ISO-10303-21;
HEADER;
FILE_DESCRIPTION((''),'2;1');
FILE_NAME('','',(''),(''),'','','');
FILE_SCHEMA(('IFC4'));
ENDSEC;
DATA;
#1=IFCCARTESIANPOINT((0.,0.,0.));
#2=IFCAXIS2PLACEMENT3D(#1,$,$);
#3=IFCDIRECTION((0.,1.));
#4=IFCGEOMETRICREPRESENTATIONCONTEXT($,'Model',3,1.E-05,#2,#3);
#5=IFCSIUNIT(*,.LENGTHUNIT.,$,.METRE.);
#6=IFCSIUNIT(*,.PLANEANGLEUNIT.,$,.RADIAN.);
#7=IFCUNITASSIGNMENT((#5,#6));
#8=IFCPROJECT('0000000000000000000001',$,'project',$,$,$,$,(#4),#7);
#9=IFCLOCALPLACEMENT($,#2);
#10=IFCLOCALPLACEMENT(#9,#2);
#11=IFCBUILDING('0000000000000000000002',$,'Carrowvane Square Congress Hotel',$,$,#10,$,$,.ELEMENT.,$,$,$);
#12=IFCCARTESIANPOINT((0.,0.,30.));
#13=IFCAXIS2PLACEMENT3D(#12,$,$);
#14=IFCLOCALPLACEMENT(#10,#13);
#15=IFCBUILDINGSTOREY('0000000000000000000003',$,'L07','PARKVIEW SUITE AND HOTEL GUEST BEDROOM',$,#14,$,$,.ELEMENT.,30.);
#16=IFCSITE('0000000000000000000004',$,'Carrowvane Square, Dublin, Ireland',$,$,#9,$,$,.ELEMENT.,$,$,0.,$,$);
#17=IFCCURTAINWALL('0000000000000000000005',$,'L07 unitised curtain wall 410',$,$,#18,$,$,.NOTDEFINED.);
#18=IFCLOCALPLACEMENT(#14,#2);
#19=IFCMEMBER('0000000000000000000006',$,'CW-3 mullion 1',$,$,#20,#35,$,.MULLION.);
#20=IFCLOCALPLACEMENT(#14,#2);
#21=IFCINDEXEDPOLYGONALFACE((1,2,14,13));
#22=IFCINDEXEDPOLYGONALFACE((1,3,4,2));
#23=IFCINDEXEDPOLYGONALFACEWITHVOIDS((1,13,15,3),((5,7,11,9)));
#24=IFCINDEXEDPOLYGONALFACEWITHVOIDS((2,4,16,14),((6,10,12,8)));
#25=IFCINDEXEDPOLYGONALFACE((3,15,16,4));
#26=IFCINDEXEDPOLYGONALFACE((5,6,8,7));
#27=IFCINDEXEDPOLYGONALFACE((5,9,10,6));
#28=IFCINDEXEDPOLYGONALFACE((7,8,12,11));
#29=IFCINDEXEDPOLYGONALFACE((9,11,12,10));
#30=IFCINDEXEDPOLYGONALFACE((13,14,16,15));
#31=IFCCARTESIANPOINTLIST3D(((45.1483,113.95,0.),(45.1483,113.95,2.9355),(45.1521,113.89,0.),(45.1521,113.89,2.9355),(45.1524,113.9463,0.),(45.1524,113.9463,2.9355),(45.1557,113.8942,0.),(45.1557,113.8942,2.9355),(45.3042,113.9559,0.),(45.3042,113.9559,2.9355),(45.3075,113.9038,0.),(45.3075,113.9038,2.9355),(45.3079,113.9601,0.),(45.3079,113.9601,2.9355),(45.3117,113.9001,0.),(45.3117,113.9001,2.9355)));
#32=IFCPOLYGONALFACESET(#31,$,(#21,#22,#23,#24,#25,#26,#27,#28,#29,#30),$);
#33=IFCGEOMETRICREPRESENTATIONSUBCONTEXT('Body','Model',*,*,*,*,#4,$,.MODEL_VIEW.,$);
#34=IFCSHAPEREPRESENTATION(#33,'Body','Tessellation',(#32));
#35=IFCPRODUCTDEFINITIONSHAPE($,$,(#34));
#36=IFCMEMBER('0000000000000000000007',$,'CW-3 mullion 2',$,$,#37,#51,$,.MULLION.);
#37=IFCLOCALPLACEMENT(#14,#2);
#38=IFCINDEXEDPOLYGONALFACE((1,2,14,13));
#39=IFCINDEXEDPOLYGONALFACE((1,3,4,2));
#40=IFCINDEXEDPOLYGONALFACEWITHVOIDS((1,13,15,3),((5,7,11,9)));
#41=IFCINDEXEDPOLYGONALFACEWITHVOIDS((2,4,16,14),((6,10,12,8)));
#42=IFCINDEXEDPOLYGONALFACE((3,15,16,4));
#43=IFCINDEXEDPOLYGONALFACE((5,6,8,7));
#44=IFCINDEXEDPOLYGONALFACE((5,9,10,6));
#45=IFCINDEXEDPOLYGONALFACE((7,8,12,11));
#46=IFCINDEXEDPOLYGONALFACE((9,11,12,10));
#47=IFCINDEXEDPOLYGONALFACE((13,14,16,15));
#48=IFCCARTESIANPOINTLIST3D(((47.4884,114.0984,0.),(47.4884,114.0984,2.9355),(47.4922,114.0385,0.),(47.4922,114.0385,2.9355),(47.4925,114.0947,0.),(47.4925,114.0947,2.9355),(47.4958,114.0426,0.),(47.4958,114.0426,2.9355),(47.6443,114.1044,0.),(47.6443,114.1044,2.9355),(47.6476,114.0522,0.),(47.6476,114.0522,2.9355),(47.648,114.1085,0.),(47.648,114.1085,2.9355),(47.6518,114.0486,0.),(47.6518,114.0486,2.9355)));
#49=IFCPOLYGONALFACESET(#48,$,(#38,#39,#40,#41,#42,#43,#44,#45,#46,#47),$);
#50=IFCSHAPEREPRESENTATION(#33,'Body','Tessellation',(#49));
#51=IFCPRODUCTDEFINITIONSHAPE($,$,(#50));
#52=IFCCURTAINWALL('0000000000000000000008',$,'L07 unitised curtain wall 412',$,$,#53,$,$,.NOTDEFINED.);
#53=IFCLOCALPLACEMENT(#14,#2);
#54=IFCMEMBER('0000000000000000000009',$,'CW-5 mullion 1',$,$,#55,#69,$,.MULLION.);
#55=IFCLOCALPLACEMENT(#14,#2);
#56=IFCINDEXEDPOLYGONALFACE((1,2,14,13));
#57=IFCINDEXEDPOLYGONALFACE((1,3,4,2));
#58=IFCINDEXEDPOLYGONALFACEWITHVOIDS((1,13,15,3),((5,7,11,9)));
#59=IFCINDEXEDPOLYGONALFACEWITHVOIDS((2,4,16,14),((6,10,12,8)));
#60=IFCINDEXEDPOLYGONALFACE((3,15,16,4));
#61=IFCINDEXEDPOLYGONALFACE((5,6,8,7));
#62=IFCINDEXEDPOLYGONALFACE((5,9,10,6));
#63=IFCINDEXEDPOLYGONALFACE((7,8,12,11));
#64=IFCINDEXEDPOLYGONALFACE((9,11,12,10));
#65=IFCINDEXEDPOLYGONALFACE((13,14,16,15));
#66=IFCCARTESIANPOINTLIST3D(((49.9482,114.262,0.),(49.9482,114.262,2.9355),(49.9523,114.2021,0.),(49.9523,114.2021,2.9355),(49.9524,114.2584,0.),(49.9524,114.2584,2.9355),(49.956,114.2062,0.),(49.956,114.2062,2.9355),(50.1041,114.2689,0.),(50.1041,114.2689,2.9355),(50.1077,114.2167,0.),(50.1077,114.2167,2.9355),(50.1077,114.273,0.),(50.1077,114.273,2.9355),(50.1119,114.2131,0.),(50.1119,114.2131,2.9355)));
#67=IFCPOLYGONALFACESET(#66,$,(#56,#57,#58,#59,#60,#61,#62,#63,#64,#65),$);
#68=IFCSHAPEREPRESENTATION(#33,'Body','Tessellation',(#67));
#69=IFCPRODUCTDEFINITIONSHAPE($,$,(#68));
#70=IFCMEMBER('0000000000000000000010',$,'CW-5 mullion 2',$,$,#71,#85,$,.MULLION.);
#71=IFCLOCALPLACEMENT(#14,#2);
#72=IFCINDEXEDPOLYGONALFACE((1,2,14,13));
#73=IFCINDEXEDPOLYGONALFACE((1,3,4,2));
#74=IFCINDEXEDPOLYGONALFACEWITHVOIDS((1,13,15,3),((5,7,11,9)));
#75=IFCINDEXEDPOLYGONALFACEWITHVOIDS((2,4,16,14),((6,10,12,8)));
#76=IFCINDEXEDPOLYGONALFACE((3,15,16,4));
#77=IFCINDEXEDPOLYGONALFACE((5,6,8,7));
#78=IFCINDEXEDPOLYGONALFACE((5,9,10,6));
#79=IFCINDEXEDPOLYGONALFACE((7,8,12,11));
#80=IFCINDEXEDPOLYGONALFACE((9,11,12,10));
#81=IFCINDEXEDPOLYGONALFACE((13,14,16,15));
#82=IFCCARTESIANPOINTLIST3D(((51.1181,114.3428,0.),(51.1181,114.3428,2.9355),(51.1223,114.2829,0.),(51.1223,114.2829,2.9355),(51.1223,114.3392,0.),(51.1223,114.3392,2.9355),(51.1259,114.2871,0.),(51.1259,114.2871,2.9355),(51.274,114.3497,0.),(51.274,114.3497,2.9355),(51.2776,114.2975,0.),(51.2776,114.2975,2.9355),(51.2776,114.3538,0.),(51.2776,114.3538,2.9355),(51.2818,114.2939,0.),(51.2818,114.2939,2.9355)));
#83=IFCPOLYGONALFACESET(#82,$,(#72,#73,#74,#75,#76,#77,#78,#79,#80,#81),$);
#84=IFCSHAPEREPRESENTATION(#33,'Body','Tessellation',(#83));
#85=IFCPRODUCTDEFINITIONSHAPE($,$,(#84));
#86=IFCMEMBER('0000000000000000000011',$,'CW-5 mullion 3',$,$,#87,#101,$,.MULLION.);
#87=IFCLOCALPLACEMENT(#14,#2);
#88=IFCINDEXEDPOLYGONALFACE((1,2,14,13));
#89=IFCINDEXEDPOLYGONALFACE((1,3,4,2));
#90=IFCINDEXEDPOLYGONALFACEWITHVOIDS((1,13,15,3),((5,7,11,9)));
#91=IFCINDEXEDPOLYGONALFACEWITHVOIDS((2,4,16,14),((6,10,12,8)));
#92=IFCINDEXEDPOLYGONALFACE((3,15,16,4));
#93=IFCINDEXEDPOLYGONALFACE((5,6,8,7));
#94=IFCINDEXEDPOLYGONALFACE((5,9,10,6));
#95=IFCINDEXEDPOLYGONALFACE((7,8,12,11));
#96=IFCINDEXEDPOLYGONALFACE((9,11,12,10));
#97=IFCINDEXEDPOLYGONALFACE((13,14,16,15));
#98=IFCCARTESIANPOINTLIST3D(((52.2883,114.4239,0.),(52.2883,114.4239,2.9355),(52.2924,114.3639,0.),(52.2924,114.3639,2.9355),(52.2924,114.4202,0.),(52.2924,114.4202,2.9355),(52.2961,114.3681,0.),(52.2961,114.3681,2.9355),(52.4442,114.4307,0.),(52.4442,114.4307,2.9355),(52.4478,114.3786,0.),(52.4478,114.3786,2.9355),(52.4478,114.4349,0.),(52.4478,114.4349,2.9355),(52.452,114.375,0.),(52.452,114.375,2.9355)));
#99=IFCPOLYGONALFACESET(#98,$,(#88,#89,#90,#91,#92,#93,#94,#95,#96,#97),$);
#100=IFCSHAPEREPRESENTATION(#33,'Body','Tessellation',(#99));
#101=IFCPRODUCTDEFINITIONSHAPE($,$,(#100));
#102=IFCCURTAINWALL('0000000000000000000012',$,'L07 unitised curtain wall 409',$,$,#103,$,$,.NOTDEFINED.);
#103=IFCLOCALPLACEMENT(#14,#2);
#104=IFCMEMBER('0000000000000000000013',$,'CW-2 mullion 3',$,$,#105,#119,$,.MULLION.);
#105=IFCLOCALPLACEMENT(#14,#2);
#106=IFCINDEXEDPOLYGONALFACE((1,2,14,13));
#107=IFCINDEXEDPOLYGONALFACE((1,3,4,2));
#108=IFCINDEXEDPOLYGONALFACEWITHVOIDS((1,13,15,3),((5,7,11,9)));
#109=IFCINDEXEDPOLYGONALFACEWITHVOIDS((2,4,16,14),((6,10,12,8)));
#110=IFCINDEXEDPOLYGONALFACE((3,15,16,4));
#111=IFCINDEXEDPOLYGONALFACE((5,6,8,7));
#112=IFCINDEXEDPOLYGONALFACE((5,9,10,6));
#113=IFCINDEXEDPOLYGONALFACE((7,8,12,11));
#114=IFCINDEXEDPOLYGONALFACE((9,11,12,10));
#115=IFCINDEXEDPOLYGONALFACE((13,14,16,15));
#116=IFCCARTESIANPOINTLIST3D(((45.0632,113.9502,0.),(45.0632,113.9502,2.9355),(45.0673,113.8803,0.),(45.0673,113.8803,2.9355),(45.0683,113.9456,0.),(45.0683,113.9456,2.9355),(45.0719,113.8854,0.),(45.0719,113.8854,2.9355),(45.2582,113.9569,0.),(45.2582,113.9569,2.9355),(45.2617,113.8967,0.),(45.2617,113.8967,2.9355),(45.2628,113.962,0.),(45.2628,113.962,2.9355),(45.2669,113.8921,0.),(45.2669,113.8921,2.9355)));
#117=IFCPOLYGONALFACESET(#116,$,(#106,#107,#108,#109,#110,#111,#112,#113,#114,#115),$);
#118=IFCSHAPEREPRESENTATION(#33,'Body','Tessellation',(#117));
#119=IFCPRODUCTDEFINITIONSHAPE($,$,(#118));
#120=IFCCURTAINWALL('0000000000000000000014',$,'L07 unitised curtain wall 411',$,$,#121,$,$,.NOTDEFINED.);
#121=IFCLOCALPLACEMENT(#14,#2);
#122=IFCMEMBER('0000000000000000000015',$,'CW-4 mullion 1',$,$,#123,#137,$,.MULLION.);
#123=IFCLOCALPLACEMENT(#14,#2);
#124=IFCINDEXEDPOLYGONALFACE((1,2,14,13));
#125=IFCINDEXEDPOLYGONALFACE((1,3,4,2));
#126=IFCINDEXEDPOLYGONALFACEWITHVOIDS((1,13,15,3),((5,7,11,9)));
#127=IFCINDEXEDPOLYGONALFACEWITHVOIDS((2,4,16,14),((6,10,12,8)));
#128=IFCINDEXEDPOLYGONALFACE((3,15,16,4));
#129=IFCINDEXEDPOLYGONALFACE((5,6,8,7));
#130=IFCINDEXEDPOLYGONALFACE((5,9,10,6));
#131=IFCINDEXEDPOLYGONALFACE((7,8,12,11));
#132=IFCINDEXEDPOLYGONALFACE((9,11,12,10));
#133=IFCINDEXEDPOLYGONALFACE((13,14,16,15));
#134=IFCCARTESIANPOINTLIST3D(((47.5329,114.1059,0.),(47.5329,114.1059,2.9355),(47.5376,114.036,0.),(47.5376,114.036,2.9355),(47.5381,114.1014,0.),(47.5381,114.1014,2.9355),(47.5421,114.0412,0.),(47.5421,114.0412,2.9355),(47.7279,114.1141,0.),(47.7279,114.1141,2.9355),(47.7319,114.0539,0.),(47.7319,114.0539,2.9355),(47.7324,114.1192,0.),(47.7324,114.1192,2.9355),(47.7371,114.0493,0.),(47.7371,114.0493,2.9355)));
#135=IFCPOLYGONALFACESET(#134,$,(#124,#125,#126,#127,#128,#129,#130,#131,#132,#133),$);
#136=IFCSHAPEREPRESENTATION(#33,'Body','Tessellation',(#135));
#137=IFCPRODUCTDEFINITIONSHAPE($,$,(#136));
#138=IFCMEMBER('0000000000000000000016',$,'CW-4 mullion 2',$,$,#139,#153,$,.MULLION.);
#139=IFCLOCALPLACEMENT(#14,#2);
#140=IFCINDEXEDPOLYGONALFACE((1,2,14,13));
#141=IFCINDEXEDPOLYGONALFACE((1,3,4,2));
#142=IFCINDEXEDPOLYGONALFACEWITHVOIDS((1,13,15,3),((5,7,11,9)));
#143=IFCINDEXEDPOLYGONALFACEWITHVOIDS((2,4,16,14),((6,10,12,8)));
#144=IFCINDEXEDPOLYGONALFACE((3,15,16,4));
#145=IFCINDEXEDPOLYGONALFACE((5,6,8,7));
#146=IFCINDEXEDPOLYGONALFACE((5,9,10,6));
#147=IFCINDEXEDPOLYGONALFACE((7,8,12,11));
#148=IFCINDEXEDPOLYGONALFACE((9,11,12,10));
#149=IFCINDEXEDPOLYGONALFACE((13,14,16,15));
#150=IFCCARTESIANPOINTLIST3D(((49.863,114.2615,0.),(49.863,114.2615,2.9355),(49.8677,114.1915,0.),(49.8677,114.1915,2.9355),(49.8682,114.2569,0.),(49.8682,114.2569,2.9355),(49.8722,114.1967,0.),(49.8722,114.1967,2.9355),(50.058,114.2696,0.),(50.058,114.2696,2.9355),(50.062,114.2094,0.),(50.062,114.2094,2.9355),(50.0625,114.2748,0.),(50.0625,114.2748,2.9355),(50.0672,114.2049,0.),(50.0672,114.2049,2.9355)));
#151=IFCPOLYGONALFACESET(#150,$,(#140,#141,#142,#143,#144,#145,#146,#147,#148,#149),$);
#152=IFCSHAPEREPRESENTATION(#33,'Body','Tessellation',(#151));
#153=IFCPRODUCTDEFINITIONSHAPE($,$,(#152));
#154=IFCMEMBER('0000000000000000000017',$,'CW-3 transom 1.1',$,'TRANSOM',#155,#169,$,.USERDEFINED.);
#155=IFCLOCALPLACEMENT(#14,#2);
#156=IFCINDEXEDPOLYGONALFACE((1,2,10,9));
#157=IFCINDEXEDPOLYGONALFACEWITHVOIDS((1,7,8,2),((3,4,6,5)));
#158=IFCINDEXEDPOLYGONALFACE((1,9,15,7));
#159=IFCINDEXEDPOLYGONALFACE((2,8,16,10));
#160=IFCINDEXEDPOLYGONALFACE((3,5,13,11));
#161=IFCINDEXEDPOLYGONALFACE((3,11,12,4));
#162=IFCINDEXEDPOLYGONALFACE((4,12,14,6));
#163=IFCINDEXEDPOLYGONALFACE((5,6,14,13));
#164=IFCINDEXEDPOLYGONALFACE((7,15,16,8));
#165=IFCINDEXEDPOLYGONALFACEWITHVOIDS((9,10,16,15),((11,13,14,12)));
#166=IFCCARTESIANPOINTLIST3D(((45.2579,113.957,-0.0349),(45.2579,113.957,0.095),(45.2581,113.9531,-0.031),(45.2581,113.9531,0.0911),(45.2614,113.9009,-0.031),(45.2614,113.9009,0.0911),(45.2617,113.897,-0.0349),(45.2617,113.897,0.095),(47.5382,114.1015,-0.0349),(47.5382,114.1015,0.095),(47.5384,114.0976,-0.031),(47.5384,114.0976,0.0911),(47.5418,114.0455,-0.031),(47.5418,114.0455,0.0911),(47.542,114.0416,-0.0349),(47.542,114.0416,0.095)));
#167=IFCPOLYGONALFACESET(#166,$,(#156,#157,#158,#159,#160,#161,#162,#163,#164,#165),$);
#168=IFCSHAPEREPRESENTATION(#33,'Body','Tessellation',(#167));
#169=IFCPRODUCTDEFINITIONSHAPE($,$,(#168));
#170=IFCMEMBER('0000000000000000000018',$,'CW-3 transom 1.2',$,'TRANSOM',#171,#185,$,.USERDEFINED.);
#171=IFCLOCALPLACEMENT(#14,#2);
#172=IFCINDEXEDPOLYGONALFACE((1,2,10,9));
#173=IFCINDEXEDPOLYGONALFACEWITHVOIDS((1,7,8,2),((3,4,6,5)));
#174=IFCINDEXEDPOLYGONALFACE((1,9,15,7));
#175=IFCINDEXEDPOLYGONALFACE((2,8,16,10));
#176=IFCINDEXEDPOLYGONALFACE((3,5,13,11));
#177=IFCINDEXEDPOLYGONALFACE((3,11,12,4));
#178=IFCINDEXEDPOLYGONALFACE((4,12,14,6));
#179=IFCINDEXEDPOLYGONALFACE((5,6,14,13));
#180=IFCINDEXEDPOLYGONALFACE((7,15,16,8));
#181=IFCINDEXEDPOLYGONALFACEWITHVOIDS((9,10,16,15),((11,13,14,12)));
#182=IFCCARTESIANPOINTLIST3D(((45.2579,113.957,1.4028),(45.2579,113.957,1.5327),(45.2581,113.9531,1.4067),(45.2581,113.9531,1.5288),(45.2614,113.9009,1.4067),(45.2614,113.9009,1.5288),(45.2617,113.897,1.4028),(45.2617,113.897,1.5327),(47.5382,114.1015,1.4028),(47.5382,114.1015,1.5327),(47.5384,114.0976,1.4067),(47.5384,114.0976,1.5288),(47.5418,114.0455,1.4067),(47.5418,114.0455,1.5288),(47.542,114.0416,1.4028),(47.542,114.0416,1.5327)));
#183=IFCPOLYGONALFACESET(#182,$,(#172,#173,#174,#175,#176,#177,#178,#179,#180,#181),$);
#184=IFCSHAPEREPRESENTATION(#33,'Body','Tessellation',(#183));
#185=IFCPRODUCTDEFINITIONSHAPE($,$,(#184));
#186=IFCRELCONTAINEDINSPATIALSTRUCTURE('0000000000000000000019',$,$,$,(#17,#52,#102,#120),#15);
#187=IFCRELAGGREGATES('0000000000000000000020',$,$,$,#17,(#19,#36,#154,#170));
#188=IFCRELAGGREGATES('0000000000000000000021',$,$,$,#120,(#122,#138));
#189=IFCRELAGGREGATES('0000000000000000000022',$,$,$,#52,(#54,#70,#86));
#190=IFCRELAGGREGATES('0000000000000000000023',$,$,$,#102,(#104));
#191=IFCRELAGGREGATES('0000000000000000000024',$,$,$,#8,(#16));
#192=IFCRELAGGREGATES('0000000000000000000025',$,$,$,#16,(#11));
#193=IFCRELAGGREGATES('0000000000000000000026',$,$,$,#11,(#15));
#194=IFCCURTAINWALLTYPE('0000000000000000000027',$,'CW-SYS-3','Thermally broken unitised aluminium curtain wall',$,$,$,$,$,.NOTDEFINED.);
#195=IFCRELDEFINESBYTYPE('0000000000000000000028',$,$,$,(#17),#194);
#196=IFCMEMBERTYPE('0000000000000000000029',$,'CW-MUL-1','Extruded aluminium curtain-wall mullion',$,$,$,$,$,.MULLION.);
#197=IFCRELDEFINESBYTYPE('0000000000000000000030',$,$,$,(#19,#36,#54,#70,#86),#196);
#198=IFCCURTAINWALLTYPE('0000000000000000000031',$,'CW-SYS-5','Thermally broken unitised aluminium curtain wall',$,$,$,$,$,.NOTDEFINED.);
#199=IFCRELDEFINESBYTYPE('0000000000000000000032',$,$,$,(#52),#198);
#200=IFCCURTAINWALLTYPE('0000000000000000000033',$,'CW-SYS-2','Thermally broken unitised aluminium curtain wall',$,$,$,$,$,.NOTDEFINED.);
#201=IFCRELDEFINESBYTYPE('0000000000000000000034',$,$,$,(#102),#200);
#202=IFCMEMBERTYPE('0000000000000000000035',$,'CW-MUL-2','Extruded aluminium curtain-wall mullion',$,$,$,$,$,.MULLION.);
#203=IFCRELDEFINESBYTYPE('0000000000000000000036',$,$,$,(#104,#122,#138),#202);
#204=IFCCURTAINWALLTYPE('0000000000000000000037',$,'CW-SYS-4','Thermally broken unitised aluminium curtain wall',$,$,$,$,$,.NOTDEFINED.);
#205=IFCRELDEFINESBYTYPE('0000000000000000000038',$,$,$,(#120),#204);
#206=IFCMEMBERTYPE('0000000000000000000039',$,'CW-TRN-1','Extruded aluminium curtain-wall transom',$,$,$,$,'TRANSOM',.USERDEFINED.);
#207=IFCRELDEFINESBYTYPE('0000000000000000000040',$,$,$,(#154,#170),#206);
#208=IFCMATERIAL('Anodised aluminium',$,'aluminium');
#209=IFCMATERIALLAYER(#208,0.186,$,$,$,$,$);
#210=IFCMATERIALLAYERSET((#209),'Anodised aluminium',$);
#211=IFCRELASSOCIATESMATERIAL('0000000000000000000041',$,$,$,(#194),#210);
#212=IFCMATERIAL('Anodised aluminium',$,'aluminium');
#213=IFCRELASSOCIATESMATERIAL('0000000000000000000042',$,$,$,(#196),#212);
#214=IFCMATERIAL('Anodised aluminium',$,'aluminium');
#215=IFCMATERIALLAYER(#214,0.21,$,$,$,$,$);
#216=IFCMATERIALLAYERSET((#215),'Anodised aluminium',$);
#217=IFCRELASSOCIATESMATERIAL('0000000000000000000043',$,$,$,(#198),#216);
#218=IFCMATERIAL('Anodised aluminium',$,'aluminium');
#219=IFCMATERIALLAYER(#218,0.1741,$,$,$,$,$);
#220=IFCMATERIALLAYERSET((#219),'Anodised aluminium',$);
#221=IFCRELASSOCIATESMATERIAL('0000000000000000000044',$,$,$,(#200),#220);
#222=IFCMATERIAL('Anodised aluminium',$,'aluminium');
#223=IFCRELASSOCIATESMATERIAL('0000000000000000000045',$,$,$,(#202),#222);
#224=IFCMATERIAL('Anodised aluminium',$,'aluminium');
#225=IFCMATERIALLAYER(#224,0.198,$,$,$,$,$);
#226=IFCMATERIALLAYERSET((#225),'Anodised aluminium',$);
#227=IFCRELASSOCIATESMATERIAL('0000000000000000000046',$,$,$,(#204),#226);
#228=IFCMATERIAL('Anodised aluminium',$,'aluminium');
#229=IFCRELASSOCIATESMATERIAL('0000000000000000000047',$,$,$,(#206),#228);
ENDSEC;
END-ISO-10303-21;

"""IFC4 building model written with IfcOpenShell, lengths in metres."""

from ifc_helpers import new_model, si_unit, direction, frame, origin, origin_2d, place, context, subcontext, project, spatial, hollow_rectangle, extrude, material, layer, layer_set, material_profile, profile_set, type_object, element, aggregate, save


model = new_model("IFC4")

# Units and contexts
model_context = context("Model", 3, precision=1e-05, world=origin(), true_north=direction((0.0, 1.0)))
body_context = subcontext(model_context, "Body", "Model", "MODEL_VIEW")
ifc_project = project(units=[si_unit("LENGTHUNIT", "METRE"), si_unit("PLANEANGLEUNIT", "RADIAN")], contexts=[model_context])

# Site, building, storey
site_placement = place(None, origin())
site = spatial("IfcSite", under=ifc_project, at=site_placement, Name="Carrowvane Square, Dublin, Ireland", CompositionType="ELEMENT", RefElevation=0.0)
building_placement = place(site_placement, origin())
building = spatial("IfcBuilding", under=site, at=building_placement, Name="Carrowvane Square Congress Hotel", CompositionType="ELEMENT")
storey_placement = place(building_placement, frame((0.0, 0.0, 30.0)))
storey = spatial("IfcBuildingStorey", under=building, at=storey_placement, Name="L07", Description="PARKVIEW SUITE AND HOTEL GUEST BEDROOM", CompositionType="ELEMENT", Elevation=30.0)

# Curtain walls, members
ifc_material_1 = material(Name="Anodised aluminium", Category="aluminium")
ifc_layer_1 = layer(ifc_material_1, 0.186)
ifc_layer_set_1 = layer_set([ifc_layer_1], Name="Anodised aluminium")
curtain_wall_type_1 = type_object("IfcCurtainWallType", Name="CW-SYS-3", Description="Thermally broken unitised aluminium curtain wall", PredefinedType="NOTDEFINED", material=ifc_layer_set_1)
curtain_wall_1_placement = place(storey_placement, origin())
curtain_wall_1 = element("IfcCurtainWall", 1, at=curtain_wall_1_placement, inside=storey, type_object=curtain_wall_type_1, Name="L07 unitised curtain wall 410", PredefinedType="NOTDEFINED")
ifc_material_2 = material(Name="Anodised aluminium", Category="aluminium")
ifc_material_profile_1 = material_profile(ifc_material_2, hollow_rectangle(XDim=0.0601, YDim=0.1599, WallThickness=0.0039, at=origin_2d()), Name="CW-ML 60x160x4")
ifc_profile_set_1 = profile_set([ifc_material_profile_1], Name="Anodised aluminium")
member_type_1 = type_object("IfcMemberType", Name="CW-MUL-1", Description="Extruded aluminium curtain-wall mullion", PredefinedType="MULLION", material=ifc_profile_set_1)
member_1_placement = place(storey_placement, frame((45.23, 113.925, 0.0), z_axis=(0.0, 0.0, 1.0), x_axis=(-0.063273, 0.997996, 0.0)))
member_1 = element("IfcMember", 2, at=member_1_placement, type_object=member_type_1, Name="CW-3 mullion 1", PredefinedType="MULLION", context=body_context, shape_type="SweptSolid", body=[
    extrude(hollow_rectangle(XDim=0.0601, YDim=0.1599, WallThickness=0.0039, at=origin_2d()), origin(), (0.0, 0.0, 1.0), 2.9355),
])
member_2_placement = place(storey_placement, frame((47.5701, 114.0735, 0.0), z_axis=(0.0, 0.0, 1.0), x_axis=(-0.063273, 0.997996, 0.0)))
member_2 = element("IfcMember", 3, at=member_2_placement, type_object=member_type_1, Name="CW-3 mullion 2", PredefinedType="MULLION", context=body_context, shape_type="SweptSolid", body=[
    extrude(hollow_rectangle(XDim=0.0601, YDim=0.1599, WallThickness=0.0039, at=origin_2d()), origin(), (0.0, 0.0, 1.0), 2.9355),
])
ifc_material_3 = material(Name="Anodised aluminium", Category="aluminium")
ifc_layer_2 = layer(ifc_material_3, 0.21)
ifc_layer_set_2 = layer_set([ifc_layer_2], Name="Anodised aluminium")
curtain_wall_type_2 = type_object("IfcCurtainWallType", Name="CW-SYS-5", Description="Thermally broken unitised aluminium curtain wall", PredefinedType="NOTDEFINED", material=ifc_layer_set_2)
curtain_wall_2_placement = place(storey_placement, origin())
curtain_wall_2 = element("IfcCurtainWall", 4, at=curtain_wall_2_placement, inside=storey, type_object=curtain_wall_type_2, Name="L07 unitised curtain wall 412", PredefinedType="NOTDEFINED")
member_3_placement = place(storey_placement, frame((50.03, 114.2375, 0.0), z_axis=(0.0, 0.0, 1.0), x_axis=(-0.068986, 0.997618, 0.0)))
member_3 = element("IfcMember", 5, at=member_3_placement, type_object=member_type_1, Name="CW-5 mullion 1", PredefinedType="MULLION", context=body_context, shape_type="SweptSolid", body=[
    extrude(hollow_rectangle(XDim=0.0601, YDim=0.1599, WallThickness=0.0039, at=origin_2d()), origin(), (0.0, 0.0, 1.0), 2.9355),
])
member_4_placement = place(storey_placement, frame((51.2, 114.3184, 0.0), z_axis=(0.0, 0.0, 1.0), x_axis=(-0.068986, 0.997618, 0.0)))
member_4 = element("IfcMember", 6, at=member_4_placement, type_object=member_type_1, Name="CW-5 mullion 2", PredefinedType="MULLION", context=body_context, shape_type="SweptSolid", body=[
    extrude(hollow_rectangle(XDim=0.0601, YDim=0.1599, WallThickness=0.0039, at=origin_2d()), origin(), (0.0, 0.0, 1.0), 2.9355),
])
member_5_placement = place(storey_placement, frame((52.3701, 114.3994, 0.0), z_axis=(0.0, 0.0, 1.0), x_axis=(-0.068986, 0.997618, 0.0)))
member_5 = element("IfcMember", 7, at=member_5_placement, type_object=member_type_1, Name="CW-5 mullion 3", PredefinedType="MULLION", context=body_context, shape_type="SweptSolid", body=[
    extrude(hollow_rectangle(XDim=0.0601, YDim=0.1599, WallThickness=0.0039, at=origin_2d()), origin(), (0.0, 0.0, 1.0), 2.9355),
])

# Curtain wall, member
ifc_material_4 = material(Name="Anodised aluminium", Category="aluminium")
ifc_layer_3 = layer(ifc_material_4, 0.1741)
ifc_layer_set_3 = layer_set([ifc_layer_3], Name="Anodised aluminium")
curtain_wall_type_3 = type_object("IfcCurtainWallType", Name="CW-SYS-2", Description="Thermally broken unitised aluminium curtain wall", PredefinedType="NOTDEFINED", material=ifc_layer_set_3)
curtain_wall_3_placement = place(storey_placement, origin())
curtain_wall_3 = element("IfcCurtainWall", 8, at=curtain_wall_3_placement, inside=storey, type_object=curtain_wall_type_3, Name="L07 unitised curtain wall 409", PredefinedType="NOTDEFINED")
ifc_material_5 = material(Name="Anodised aluminium", Category="aluminium")
ifc_material_profile_2 = material_profile(ifc_material_5, hollow_rectangle(XDim=0.0701, YDim=0.2, WallThickness=0.0049, at=origin_2d()), Name="CW-ML 70x200x5")
ifc_profile_set_2 = profile_set([ifc_material_profile_2], Name="Anodised aluminium")
member_type_2 = type_object("IfcMemberType", Name="CW-MUL-2", Description="Extruded aluminium curtain-wall mullion", PredefinedType="MULLION", material=ifc_profile_set_2)
member_6_placement = place(storey_placement, frame((45.165, 113.9211, 0.0), z_axis=(0.0, 0.0, 1.0), x_axis=(-0.058989, 0.998259, 0.0)))
member_6 = element("IfcMember", 9, at=member_6_placement, type_object=member_type_2, Name="CW-2 mullion 3", PredefinedType="MULLION", context=body_context, shape_type="SweptSolid", body=[
    extrude(hollow_rectangle(XDim=0.0701, YDim=0.2, WallThickness=0.0049, at=origin_2d()), origin(), (0.0, 0.0, 1.0), 2.9355),
])

# Curtain wall, members
ifc_material_6 = material(Name="Anodised aluminium", Category="aluminium")
ifc_layer_4 = layer(ifc_material_6, 0.198)
ifc_layer_set_4 = layer_set([ifc_layer_4], Name="Anodised aluminium")
curtain_wall_type_4 = type_object("IfcCurtainWallType", Name="CW-SYS-4", Description="Thermally broken unitised aluminium curtain wall", PredefinedType="NOTDEFINED", material=ifc_layer_set_4)
curtain_wall_4_placement = place(storey_placement, origin())
curtain_wall_4 = element("IfcCurtainWall", 10, at=curtain_wall_4_placement, inside=storey, type_object=curtain_wall_type_4, Name="L07 unitised curtain wall 411", PredefinedType="NOTDEFINED")
member_7_placement = place(storey_placement, frame((47.635, 114.0776, 0.0), z_axis=(0.0, 0.0, 1.0), x_axis=(-0.066578, 0.997781, 0.0)))
member_7 = element("IfcMember", 11, at=member_7_placement, type_object=member_type_2, Name="CW-4 mullion 1", PredefinedType="MULLION", context=body_context, shape_type="SweptSolid", body=[
    extrude(hollow_rectangle(XDim=0.0701, YDim=0.2, WallThickness=0.0049, at=origin_2d()), origin(), (0.0, 0.0, 1.0), 2.9355),
])
member_8_placement = place(storey_placement, frame((49.9651, 114.2332, 0.0), z_axis=(0.0, 0.0, 1.0), x_axis=(-0.066578, 0.997781, 0.0)))
member_8 = element("IfcMember", 12, at=member_8_placement, type_object=member_type_2, Name="CW-4 mullion 2", PredefinedType="MULLION", context=body_context, shape_type="SweptSolid", body=[
    extrude(hollow_rectangle(XDim=0.0701, YDim=0.2, WallThickness=0.0049, at=origin_2d()), origin(), (0.0, 0.0, 1.0), 2.9355),
])

# Members
ifc_material_7 = material(Name="Anodised aluminium", Category="aluminium")
ifc_material_profile_3 = material_profile(ifc_material_7, hollow_rectangle(XDim=0.0601, YDim=0.1299, WallThickness=0.0039, at=origin_2d()), Name="CW-TR 60x130x4")
ifc_profile_set_3 = profile_set([ifc_material_profile_3], Name="Anodised aluminium")
member_type_3 = type_object("IfcMemberType", Name="CW-TRN-1", Description="Extruded aluminium curtain-wall transom", ElementType="TRANSOM", PredefinedType="USERDEFINED", material=ifc_profile_set_3)
member_9_placement = place(storey_placement, frame((45.2598, 113.927, 0.03), z_axis=(0.997997, 0.063256, 0.0), x_axis=(-0.063256, 0.997997, 0.0)))
member_9 = element("IfcMember", 13, at=member_9_placement, type_object=member_type_3, Name="CW-3 transom 1.1", ObjectType="TRANSOM", PredefinedType="USERDEFINED", context=body_context, shape_type="SweptSolid", body=[
    extrude(hollow_rectangle(XDim=0.0601, YDim=0.1299, WallThickness=0.0039, at=origin_2d()), origin(), (0.0, 0.0, 1.0), 2.2849),
])
member_10_placement = place(storey_placement, frame((45.2598, 113.927, 1.4678), z_axis=(0.997997, 0.063256, 0.0), x_axis=(-0.063256, 0.997997, 0.0)))
member_10 = element("IfcMember", 14, at=member_10_placement, type_object=member_type_3, Name="CW-3 transom 1.2", ObjectType="TRANSOM", PredefinedType="USERDEFINED", context=body_context, shape_type="SweptSolid", body=[
    extrude(hollow_rectangle(XDim=0.0601, YDim=0.1299, WallThickness=0.0039, at=origin_2d()), origin(), (0.0, 0.0, 1.0), 2.2849),
])

aggregate(curtain_wall_1, [member_1, member_2, member_9, member_10])
aggregate(curtain_wall_4, [member_7, member_8])
aggregate(curtain_wall_2, [member_3, member_4, member_5])
aggregate(curtain_wall_3, [member_6])

save(model, "model.ifc")
